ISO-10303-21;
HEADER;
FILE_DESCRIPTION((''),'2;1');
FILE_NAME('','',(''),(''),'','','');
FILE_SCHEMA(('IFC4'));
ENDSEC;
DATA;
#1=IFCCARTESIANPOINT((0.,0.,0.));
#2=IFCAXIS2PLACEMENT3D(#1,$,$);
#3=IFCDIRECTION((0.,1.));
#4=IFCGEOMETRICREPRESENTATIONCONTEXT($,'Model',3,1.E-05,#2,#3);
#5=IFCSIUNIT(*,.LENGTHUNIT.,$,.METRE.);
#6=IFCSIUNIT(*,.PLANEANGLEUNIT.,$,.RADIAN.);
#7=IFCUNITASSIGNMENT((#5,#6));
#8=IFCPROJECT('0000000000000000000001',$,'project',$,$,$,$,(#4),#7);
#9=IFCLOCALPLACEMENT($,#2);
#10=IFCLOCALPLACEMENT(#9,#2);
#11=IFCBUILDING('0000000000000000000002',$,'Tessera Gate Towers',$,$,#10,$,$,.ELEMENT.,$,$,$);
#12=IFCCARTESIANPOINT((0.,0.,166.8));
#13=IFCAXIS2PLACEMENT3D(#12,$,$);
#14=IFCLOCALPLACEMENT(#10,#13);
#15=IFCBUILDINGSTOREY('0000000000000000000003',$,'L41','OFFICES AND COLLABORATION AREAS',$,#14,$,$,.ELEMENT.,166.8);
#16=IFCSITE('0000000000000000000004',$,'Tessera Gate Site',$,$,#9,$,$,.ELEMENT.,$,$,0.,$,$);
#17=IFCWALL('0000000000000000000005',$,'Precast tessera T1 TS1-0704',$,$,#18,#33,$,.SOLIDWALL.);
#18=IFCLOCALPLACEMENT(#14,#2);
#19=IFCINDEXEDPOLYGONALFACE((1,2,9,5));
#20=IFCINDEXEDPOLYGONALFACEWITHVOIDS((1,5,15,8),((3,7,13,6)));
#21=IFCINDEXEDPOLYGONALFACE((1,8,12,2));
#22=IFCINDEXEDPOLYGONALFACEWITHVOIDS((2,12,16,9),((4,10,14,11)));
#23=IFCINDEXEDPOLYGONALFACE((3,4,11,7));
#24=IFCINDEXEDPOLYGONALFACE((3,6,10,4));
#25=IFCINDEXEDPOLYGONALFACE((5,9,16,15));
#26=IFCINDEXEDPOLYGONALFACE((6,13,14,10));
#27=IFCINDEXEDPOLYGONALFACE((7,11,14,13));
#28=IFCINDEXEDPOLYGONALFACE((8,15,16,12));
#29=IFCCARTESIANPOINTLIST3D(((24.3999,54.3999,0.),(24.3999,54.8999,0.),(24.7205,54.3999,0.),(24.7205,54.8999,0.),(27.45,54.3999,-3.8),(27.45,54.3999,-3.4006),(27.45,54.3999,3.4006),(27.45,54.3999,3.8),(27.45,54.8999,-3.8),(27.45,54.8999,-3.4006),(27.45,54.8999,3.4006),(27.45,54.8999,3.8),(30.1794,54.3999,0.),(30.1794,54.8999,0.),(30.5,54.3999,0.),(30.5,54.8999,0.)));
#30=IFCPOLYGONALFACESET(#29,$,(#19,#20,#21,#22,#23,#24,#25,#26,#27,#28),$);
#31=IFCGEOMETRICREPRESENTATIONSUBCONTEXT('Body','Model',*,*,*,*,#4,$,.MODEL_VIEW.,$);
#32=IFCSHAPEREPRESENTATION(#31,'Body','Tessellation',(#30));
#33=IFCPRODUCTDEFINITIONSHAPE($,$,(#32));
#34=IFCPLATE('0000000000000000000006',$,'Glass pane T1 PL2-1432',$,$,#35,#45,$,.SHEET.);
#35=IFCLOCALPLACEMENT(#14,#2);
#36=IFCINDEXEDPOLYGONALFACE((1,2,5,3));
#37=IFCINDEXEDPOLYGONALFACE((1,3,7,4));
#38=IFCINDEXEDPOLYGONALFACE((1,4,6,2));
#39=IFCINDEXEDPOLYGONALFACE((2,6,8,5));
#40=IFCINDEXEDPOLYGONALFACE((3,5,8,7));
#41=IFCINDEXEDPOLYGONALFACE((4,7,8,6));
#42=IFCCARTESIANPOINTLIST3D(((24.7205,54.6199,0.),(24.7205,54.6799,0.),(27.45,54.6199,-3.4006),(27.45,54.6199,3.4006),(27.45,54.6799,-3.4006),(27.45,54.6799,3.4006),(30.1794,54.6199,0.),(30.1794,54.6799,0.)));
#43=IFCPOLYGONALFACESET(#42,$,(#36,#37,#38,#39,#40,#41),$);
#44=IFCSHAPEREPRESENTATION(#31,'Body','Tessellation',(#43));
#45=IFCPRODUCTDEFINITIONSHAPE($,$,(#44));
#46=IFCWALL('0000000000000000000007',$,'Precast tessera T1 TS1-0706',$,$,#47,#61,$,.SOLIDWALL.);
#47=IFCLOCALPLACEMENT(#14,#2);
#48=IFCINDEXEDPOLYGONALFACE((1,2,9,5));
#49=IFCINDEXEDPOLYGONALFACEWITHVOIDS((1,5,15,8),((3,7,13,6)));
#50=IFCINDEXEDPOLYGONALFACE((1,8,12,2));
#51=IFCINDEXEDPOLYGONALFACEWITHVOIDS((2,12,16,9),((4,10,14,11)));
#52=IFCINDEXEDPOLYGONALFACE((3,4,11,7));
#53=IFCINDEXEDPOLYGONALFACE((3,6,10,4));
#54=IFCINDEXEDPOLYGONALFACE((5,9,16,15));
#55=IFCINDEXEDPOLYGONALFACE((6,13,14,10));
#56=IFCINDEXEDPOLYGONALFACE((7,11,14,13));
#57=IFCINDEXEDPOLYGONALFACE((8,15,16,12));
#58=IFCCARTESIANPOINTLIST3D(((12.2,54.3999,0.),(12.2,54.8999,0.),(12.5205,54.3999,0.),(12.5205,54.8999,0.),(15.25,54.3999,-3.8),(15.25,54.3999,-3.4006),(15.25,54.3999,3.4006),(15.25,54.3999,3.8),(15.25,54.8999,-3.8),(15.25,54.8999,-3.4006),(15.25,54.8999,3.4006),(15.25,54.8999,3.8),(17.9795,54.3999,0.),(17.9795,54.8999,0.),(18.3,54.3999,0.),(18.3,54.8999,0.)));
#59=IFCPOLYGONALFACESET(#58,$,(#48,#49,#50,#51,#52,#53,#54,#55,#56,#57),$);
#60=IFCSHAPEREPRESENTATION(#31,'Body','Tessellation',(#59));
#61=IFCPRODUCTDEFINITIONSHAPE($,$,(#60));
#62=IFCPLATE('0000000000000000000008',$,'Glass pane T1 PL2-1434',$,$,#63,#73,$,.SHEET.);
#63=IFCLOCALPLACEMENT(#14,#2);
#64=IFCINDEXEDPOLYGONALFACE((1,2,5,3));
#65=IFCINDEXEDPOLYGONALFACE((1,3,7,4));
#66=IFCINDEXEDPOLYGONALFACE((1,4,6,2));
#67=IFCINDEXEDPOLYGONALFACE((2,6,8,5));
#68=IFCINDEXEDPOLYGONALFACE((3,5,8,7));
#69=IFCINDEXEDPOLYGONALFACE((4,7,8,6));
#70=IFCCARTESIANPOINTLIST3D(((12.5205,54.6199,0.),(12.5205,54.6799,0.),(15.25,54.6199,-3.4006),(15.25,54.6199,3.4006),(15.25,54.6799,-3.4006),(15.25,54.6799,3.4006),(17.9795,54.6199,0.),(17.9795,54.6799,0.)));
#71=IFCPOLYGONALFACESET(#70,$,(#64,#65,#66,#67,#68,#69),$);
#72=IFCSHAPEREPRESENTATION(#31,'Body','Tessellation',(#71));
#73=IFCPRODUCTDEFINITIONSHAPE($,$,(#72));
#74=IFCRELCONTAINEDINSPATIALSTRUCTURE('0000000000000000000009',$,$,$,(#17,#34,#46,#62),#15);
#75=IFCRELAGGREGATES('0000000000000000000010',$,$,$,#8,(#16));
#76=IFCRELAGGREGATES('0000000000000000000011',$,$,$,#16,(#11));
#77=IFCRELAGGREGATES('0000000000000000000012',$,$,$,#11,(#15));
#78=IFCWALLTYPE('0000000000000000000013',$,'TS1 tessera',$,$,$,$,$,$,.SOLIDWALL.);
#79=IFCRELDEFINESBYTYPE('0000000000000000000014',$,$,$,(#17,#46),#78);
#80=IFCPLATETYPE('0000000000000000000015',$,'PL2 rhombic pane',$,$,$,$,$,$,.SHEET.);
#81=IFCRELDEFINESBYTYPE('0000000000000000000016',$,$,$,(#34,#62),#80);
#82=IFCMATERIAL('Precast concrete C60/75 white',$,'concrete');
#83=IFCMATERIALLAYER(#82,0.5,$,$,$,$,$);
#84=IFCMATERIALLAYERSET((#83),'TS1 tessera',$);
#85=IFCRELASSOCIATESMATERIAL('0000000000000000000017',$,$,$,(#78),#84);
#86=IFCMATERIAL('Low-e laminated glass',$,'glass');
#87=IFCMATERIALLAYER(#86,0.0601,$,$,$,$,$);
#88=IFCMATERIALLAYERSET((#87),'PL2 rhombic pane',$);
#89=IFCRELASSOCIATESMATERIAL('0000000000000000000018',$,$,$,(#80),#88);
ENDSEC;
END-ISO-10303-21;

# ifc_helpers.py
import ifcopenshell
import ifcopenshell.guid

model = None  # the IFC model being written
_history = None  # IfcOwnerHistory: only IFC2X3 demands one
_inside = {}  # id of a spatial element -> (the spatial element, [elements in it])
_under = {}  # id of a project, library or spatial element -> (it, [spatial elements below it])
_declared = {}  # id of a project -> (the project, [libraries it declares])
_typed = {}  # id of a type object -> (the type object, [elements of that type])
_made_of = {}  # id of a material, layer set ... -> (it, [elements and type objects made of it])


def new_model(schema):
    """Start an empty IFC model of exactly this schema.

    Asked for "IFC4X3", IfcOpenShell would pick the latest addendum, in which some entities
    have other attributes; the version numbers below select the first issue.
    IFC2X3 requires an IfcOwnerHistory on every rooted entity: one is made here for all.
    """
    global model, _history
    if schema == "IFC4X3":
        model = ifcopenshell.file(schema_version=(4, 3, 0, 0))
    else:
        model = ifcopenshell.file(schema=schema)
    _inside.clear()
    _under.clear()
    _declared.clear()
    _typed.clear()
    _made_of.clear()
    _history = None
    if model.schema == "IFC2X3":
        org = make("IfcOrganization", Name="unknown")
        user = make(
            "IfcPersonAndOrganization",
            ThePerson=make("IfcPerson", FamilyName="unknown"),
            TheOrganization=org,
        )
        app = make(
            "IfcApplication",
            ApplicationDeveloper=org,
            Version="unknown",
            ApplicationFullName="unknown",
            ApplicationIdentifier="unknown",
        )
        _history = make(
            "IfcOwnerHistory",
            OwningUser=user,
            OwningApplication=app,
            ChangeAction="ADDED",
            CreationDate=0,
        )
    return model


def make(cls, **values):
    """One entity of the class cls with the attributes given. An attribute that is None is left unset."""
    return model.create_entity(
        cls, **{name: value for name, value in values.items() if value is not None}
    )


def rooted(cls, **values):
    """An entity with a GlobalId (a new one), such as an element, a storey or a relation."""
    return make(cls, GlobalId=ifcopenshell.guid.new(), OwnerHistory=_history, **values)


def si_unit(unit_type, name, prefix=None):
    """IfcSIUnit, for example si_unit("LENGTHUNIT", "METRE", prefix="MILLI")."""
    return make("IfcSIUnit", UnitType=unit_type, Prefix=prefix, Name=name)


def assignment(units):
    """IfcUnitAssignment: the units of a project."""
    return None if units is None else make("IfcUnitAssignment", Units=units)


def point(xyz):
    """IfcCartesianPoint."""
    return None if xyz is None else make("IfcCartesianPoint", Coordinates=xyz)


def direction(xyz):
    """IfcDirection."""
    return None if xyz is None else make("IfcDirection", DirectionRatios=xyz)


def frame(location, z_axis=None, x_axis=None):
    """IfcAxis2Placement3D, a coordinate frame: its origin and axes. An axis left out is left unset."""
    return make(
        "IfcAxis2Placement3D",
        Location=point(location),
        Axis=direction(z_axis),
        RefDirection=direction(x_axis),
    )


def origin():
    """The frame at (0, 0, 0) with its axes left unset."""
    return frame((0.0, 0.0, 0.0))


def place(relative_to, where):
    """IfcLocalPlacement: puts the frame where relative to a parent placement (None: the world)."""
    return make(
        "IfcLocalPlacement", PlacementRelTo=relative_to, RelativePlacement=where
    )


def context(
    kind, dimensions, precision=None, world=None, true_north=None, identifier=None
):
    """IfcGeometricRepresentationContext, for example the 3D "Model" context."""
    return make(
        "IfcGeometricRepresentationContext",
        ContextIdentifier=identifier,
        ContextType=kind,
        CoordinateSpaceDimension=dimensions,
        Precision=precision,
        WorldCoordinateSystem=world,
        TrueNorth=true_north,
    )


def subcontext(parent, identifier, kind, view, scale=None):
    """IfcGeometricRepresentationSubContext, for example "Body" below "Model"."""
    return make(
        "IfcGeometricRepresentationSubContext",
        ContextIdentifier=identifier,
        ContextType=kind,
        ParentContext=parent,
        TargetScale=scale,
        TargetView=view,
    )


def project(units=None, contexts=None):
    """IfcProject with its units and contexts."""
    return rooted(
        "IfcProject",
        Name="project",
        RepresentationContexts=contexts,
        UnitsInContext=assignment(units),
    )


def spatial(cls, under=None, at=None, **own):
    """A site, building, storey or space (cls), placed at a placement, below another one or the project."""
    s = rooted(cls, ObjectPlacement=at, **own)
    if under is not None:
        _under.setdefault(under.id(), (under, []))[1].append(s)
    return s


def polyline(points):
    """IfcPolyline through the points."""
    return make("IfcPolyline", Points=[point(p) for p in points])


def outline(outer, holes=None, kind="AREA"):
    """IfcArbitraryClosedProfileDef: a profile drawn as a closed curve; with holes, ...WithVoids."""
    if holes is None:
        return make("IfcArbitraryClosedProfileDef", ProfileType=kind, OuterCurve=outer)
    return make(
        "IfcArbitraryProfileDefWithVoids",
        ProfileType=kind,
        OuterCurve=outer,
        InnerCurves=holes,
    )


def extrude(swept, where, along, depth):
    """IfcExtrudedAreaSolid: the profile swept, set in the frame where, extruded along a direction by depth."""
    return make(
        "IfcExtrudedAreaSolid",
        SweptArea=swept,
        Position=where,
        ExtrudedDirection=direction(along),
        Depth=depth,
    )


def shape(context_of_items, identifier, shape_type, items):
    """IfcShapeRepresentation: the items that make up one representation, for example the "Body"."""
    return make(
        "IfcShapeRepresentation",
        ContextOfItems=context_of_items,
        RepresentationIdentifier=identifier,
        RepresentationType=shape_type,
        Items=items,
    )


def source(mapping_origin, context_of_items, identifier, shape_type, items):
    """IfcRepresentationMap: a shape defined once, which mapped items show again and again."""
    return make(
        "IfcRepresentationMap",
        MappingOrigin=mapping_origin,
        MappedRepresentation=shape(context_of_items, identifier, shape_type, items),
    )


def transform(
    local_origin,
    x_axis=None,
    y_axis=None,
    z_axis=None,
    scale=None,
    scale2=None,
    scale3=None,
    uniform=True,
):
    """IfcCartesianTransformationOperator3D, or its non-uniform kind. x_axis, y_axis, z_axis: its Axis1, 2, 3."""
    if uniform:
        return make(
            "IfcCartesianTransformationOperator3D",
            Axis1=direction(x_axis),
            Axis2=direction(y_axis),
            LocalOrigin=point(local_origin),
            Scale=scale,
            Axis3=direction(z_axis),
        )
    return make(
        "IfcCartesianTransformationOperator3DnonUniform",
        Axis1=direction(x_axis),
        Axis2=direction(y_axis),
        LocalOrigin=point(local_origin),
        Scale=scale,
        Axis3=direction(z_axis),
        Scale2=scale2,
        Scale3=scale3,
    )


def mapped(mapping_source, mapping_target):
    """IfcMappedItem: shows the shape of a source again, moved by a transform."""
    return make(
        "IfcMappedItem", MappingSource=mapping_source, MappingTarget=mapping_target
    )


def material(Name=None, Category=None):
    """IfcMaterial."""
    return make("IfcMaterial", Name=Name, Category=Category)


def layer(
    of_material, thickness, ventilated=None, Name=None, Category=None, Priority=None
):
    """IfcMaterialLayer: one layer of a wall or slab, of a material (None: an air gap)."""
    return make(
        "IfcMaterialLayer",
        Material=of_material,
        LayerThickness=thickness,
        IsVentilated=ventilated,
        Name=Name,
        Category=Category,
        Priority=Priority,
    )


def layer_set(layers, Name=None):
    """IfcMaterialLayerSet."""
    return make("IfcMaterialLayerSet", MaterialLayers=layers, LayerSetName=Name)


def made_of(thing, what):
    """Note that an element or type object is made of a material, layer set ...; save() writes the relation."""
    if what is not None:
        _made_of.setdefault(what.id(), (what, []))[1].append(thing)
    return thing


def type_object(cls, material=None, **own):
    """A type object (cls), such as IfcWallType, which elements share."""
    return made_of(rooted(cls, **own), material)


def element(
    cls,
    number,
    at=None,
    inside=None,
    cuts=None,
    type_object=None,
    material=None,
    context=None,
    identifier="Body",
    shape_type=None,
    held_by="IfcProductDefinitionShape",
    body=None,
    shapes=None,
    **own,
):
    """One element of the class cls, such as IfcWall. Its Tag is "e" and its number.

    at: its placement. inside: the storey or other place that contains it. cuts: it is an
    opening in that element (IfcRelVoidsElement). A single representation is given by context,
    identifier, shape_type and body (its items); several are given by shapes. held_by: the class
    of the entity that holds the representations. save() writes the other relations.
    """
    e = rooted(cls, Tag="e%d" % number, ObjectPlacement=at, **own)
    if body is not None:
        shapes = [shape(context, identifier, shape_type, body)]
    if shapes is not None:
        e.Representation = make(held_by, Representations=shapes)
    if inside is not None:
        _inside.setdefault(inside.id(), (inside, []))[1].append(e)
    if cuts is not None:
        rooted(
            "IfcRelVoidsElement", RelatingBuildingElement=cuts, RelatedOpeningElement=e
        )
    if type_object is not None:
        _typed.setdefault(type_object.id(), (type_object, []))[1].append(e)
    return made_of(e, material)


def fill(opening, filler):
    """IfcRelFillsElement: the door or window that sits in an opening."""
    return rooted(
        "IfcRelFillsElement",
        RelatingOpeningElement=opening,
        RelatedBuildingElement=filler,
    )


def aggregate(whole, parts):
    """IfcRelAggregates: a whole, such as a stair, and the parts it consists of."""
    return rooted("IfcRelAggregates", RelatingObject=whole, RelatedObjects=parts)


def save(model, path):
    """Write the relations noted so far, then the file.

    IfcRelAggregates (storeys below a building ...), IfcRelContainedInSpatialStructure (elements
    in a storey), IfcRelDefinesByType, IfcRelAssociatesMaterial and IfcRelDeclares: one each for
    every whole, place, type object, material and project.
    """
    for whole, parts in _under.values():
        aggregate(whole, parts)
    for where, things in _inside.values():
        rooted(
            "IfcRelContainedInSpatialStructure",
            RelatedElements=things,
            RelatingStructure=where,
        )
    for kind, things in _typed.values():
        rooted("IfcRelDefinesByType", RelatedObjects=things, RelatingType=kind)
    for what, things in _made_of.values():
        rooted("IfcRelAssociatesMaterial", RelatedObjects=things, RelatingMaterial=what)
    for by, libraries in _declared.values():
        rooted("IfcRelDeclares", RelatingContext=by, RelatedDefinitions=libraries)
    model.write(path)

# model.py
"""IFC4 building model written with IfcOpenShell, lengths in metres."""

from ifc_helpers import new_model, si_unit, direction, frame, origin, place, context, subcontext, project, spatial, polyline, outline, extrude, source, transform, mapped, material, layer, layer_set, type_object, element, fill, save


model = new_model("IFC4")

# Units and contexts
model_context = context("Model", 3, precision=1e-05, world=origin(), true_north=direction((0.0, 1.0)))
body_context = subcontext(model_context, "Body", "Model", "MODEL_VIEW")
ifc_project = project(units=[si_unit("LENGTHUNIT", "METRE"), si_unit("PLANEANGLEUNIT", "RADIAN")], contexts=[model_context])

# Site, building, storey
site_placement = place(None, origin())
site = spatial("IfcSite", under=ifc_project, at=site_placement, Name="Tessera Gate Site", CompositionType="ELEMENT", RefElevation=0.0)
building_placement = place(site_placement, origin())
building = spatial("IfcBuilding", under=site, at=building_placement, Name="Tessera Gate Towers", CompositionType="ELEMENT")
storey_placement = place(building_placement, frame((0.0, 0.0, 166.8)))
storey = spatial("IfcBuildingStorey", under=building, at=storey_placement, Name="L41", Description="OFFICES AND COLLABORATION AREAS", CompositionType="ELEMENT", Elevation=166.8)

# Walls, openings, plates
ifc_material_1 = material(Name="Precast concrete C60/75 white", Category="concrete")
ifc_layer_1 = layer(ifc_material_1, 0.5)
ifc_layer_set_1 = layer_set([ifc_layer_1], Name="TS1 tessera")
wall_type_1 = type_object("IfcWallType", Name="TS1 tessera", PredefinedType="SOLIDWALL", material=ifc_layer_set_1)
shared_shape_1 = source(origin(), body_context, "Body", "SweptSolid", [
    extrude(outline(polyline([(3.05, 0.0), (6.1001, 3.8), (3.05, 7.6001), (0.0, 3.8), (3.05, 0.0)])), frame((0.0, 0.25, 0.0), z_axis=(0.0, -1.0, 0.0), x_axis=(1.0, 0.0, 0.0)), (0.0, 0.0, 1.0), 0.5),
])
wall_1_placement = place(storey_placement, frame((30.5, 54.6499, -3.8), z_axis=(0.0, 0.0, 1.0), x_axis=(-1.0, 0.0, 0.0)))
wall_1 = element("IfcWall", 1, at=wall_1_placement, inside=storey, type_object=wall_type_1, Name="Precast tessera T1 TS1-0704", PredefinedType="SOLIDWALL", context=body_context, shape_type="MappedRepresentation", body=[
    mapped(shared_shape_1, transform((0.0, 0.0, 0.0), scale=1.0)),
])
shared_shape_2 = source(origin(), body_context, "Body", "SweptSolid", [
    extrude(outline(polyline([(3.05, 0.3994), (5.7795, 3.8), (3.05, 7.2007), (0.3206, 3.8), (3.05, 0.3994)])), frame((0.0, 0.26, 0.0), z_axis=(0.0, -1.0, 0.0), x_axis=(1.0, 0.0, 0.0)), (0.0, 0.0, 1.0), 0.52),
])
opening_1_placement = place(wall_1_placement, origin())
opening_1 = element("IfcOpeningElement", 2, at=opening_1_placement, cuts=wall_1, PredefinedType="OPENING", context=body_context, shape_type="MappedRepresentation", body=[
    mapped(shared_shape_2, transform((0.0, 0.0, 0.0), scale=1.0)),
])
ifc_material_2 = material(Name="Low-e laminated glass", Category="glass")
ifc_layer_2 = layer(ifc_material_2, 0.0601)
ifc_layer_set_2 = layer_set([ifc_layer_2], Name="PL2 rhombic pane")
plate_type = type_object("IfcPlateType", Name="PL2 rhombic pane", PredefinedType="SHEET", material=ifc_layer_set_2)
shared_shape_3 = source(origin(), body_context, "Body", "SweptSolid", [
    extrude(outline(polyline([(3.05, 0.3994), (5.7795, 3.8), (3.05, 7.2007), (0.3206, 3.8), (3.05, 0.3994)])), frame((0.0, 0.03, 0.0), z_axis=(0.0, -1.0, 0.0), x_axis=(1.0, 0.0, 0.0)), (0.0, 0.0, 1.0), 0.0601),
])
plate_1_placement = place(opening_1_placement, origin())
plate_1 = element("IfcPlate", 3, at=plate_1_placement, inside=storey, type_object=plate_type, Name="Glass pane T1 PL2-1432", PredefinedType="SHEET", context=body_context, shape_type="MappedRepresentation", body=[
    mapped(shared_shape_3, transform((0.0, 0.0, 0.0), scale=1.0)),
])
fill(opening_1, plate_1)
wall_2_placement = place(storey_placement, frame((18.3, 54.6499, -3.8), z_axis=(0.0, 0.0, 1.0), x_axis=(-1.0, 0.0, 0.0)))
wall_2 = element("IfcWall", 4, at=wall_2_placement, inside=storey, type_object=wall_type_1, Name="Precast tessera T1 TS1-0706", PredefinedType="SOLIDWALL", context=body_context, shape_type="MappedRepresentation", body=[
    mapped(shared_shape_1, transform((0.0, 0.0, 0.0), scale=1.0)),
])
opening_2_placement = place(wall_2_placement, origin())
opening_2 = element("IfcOpeningElement", 5, at=opening_2_placement, cuts=wall_2, PredefinedType="OPENING", context=body_context, shape_type="MappedRepresentation", body=[
    mapped(shared_shape_2, transform((0.0, 0.0, 0.0), scale=1.0)),
])
plate_2_placement = place(opening_2_placement, origin())
plate_2 = element("IfcPlate", 6, at=plate_2_placement, inside=storey, type_object=plate_type, Name="Glass pane T1 PL2-1434", PredefinedType="SHEET", context=body_context, shape_type="MappedRepresentation", body=[
    mapped(shared_shape_3, transform((0.0, 0.0, 0.0), scale=1.0)),
])
fill(opening_2, plate_2)

save(model, "model.ifc")
